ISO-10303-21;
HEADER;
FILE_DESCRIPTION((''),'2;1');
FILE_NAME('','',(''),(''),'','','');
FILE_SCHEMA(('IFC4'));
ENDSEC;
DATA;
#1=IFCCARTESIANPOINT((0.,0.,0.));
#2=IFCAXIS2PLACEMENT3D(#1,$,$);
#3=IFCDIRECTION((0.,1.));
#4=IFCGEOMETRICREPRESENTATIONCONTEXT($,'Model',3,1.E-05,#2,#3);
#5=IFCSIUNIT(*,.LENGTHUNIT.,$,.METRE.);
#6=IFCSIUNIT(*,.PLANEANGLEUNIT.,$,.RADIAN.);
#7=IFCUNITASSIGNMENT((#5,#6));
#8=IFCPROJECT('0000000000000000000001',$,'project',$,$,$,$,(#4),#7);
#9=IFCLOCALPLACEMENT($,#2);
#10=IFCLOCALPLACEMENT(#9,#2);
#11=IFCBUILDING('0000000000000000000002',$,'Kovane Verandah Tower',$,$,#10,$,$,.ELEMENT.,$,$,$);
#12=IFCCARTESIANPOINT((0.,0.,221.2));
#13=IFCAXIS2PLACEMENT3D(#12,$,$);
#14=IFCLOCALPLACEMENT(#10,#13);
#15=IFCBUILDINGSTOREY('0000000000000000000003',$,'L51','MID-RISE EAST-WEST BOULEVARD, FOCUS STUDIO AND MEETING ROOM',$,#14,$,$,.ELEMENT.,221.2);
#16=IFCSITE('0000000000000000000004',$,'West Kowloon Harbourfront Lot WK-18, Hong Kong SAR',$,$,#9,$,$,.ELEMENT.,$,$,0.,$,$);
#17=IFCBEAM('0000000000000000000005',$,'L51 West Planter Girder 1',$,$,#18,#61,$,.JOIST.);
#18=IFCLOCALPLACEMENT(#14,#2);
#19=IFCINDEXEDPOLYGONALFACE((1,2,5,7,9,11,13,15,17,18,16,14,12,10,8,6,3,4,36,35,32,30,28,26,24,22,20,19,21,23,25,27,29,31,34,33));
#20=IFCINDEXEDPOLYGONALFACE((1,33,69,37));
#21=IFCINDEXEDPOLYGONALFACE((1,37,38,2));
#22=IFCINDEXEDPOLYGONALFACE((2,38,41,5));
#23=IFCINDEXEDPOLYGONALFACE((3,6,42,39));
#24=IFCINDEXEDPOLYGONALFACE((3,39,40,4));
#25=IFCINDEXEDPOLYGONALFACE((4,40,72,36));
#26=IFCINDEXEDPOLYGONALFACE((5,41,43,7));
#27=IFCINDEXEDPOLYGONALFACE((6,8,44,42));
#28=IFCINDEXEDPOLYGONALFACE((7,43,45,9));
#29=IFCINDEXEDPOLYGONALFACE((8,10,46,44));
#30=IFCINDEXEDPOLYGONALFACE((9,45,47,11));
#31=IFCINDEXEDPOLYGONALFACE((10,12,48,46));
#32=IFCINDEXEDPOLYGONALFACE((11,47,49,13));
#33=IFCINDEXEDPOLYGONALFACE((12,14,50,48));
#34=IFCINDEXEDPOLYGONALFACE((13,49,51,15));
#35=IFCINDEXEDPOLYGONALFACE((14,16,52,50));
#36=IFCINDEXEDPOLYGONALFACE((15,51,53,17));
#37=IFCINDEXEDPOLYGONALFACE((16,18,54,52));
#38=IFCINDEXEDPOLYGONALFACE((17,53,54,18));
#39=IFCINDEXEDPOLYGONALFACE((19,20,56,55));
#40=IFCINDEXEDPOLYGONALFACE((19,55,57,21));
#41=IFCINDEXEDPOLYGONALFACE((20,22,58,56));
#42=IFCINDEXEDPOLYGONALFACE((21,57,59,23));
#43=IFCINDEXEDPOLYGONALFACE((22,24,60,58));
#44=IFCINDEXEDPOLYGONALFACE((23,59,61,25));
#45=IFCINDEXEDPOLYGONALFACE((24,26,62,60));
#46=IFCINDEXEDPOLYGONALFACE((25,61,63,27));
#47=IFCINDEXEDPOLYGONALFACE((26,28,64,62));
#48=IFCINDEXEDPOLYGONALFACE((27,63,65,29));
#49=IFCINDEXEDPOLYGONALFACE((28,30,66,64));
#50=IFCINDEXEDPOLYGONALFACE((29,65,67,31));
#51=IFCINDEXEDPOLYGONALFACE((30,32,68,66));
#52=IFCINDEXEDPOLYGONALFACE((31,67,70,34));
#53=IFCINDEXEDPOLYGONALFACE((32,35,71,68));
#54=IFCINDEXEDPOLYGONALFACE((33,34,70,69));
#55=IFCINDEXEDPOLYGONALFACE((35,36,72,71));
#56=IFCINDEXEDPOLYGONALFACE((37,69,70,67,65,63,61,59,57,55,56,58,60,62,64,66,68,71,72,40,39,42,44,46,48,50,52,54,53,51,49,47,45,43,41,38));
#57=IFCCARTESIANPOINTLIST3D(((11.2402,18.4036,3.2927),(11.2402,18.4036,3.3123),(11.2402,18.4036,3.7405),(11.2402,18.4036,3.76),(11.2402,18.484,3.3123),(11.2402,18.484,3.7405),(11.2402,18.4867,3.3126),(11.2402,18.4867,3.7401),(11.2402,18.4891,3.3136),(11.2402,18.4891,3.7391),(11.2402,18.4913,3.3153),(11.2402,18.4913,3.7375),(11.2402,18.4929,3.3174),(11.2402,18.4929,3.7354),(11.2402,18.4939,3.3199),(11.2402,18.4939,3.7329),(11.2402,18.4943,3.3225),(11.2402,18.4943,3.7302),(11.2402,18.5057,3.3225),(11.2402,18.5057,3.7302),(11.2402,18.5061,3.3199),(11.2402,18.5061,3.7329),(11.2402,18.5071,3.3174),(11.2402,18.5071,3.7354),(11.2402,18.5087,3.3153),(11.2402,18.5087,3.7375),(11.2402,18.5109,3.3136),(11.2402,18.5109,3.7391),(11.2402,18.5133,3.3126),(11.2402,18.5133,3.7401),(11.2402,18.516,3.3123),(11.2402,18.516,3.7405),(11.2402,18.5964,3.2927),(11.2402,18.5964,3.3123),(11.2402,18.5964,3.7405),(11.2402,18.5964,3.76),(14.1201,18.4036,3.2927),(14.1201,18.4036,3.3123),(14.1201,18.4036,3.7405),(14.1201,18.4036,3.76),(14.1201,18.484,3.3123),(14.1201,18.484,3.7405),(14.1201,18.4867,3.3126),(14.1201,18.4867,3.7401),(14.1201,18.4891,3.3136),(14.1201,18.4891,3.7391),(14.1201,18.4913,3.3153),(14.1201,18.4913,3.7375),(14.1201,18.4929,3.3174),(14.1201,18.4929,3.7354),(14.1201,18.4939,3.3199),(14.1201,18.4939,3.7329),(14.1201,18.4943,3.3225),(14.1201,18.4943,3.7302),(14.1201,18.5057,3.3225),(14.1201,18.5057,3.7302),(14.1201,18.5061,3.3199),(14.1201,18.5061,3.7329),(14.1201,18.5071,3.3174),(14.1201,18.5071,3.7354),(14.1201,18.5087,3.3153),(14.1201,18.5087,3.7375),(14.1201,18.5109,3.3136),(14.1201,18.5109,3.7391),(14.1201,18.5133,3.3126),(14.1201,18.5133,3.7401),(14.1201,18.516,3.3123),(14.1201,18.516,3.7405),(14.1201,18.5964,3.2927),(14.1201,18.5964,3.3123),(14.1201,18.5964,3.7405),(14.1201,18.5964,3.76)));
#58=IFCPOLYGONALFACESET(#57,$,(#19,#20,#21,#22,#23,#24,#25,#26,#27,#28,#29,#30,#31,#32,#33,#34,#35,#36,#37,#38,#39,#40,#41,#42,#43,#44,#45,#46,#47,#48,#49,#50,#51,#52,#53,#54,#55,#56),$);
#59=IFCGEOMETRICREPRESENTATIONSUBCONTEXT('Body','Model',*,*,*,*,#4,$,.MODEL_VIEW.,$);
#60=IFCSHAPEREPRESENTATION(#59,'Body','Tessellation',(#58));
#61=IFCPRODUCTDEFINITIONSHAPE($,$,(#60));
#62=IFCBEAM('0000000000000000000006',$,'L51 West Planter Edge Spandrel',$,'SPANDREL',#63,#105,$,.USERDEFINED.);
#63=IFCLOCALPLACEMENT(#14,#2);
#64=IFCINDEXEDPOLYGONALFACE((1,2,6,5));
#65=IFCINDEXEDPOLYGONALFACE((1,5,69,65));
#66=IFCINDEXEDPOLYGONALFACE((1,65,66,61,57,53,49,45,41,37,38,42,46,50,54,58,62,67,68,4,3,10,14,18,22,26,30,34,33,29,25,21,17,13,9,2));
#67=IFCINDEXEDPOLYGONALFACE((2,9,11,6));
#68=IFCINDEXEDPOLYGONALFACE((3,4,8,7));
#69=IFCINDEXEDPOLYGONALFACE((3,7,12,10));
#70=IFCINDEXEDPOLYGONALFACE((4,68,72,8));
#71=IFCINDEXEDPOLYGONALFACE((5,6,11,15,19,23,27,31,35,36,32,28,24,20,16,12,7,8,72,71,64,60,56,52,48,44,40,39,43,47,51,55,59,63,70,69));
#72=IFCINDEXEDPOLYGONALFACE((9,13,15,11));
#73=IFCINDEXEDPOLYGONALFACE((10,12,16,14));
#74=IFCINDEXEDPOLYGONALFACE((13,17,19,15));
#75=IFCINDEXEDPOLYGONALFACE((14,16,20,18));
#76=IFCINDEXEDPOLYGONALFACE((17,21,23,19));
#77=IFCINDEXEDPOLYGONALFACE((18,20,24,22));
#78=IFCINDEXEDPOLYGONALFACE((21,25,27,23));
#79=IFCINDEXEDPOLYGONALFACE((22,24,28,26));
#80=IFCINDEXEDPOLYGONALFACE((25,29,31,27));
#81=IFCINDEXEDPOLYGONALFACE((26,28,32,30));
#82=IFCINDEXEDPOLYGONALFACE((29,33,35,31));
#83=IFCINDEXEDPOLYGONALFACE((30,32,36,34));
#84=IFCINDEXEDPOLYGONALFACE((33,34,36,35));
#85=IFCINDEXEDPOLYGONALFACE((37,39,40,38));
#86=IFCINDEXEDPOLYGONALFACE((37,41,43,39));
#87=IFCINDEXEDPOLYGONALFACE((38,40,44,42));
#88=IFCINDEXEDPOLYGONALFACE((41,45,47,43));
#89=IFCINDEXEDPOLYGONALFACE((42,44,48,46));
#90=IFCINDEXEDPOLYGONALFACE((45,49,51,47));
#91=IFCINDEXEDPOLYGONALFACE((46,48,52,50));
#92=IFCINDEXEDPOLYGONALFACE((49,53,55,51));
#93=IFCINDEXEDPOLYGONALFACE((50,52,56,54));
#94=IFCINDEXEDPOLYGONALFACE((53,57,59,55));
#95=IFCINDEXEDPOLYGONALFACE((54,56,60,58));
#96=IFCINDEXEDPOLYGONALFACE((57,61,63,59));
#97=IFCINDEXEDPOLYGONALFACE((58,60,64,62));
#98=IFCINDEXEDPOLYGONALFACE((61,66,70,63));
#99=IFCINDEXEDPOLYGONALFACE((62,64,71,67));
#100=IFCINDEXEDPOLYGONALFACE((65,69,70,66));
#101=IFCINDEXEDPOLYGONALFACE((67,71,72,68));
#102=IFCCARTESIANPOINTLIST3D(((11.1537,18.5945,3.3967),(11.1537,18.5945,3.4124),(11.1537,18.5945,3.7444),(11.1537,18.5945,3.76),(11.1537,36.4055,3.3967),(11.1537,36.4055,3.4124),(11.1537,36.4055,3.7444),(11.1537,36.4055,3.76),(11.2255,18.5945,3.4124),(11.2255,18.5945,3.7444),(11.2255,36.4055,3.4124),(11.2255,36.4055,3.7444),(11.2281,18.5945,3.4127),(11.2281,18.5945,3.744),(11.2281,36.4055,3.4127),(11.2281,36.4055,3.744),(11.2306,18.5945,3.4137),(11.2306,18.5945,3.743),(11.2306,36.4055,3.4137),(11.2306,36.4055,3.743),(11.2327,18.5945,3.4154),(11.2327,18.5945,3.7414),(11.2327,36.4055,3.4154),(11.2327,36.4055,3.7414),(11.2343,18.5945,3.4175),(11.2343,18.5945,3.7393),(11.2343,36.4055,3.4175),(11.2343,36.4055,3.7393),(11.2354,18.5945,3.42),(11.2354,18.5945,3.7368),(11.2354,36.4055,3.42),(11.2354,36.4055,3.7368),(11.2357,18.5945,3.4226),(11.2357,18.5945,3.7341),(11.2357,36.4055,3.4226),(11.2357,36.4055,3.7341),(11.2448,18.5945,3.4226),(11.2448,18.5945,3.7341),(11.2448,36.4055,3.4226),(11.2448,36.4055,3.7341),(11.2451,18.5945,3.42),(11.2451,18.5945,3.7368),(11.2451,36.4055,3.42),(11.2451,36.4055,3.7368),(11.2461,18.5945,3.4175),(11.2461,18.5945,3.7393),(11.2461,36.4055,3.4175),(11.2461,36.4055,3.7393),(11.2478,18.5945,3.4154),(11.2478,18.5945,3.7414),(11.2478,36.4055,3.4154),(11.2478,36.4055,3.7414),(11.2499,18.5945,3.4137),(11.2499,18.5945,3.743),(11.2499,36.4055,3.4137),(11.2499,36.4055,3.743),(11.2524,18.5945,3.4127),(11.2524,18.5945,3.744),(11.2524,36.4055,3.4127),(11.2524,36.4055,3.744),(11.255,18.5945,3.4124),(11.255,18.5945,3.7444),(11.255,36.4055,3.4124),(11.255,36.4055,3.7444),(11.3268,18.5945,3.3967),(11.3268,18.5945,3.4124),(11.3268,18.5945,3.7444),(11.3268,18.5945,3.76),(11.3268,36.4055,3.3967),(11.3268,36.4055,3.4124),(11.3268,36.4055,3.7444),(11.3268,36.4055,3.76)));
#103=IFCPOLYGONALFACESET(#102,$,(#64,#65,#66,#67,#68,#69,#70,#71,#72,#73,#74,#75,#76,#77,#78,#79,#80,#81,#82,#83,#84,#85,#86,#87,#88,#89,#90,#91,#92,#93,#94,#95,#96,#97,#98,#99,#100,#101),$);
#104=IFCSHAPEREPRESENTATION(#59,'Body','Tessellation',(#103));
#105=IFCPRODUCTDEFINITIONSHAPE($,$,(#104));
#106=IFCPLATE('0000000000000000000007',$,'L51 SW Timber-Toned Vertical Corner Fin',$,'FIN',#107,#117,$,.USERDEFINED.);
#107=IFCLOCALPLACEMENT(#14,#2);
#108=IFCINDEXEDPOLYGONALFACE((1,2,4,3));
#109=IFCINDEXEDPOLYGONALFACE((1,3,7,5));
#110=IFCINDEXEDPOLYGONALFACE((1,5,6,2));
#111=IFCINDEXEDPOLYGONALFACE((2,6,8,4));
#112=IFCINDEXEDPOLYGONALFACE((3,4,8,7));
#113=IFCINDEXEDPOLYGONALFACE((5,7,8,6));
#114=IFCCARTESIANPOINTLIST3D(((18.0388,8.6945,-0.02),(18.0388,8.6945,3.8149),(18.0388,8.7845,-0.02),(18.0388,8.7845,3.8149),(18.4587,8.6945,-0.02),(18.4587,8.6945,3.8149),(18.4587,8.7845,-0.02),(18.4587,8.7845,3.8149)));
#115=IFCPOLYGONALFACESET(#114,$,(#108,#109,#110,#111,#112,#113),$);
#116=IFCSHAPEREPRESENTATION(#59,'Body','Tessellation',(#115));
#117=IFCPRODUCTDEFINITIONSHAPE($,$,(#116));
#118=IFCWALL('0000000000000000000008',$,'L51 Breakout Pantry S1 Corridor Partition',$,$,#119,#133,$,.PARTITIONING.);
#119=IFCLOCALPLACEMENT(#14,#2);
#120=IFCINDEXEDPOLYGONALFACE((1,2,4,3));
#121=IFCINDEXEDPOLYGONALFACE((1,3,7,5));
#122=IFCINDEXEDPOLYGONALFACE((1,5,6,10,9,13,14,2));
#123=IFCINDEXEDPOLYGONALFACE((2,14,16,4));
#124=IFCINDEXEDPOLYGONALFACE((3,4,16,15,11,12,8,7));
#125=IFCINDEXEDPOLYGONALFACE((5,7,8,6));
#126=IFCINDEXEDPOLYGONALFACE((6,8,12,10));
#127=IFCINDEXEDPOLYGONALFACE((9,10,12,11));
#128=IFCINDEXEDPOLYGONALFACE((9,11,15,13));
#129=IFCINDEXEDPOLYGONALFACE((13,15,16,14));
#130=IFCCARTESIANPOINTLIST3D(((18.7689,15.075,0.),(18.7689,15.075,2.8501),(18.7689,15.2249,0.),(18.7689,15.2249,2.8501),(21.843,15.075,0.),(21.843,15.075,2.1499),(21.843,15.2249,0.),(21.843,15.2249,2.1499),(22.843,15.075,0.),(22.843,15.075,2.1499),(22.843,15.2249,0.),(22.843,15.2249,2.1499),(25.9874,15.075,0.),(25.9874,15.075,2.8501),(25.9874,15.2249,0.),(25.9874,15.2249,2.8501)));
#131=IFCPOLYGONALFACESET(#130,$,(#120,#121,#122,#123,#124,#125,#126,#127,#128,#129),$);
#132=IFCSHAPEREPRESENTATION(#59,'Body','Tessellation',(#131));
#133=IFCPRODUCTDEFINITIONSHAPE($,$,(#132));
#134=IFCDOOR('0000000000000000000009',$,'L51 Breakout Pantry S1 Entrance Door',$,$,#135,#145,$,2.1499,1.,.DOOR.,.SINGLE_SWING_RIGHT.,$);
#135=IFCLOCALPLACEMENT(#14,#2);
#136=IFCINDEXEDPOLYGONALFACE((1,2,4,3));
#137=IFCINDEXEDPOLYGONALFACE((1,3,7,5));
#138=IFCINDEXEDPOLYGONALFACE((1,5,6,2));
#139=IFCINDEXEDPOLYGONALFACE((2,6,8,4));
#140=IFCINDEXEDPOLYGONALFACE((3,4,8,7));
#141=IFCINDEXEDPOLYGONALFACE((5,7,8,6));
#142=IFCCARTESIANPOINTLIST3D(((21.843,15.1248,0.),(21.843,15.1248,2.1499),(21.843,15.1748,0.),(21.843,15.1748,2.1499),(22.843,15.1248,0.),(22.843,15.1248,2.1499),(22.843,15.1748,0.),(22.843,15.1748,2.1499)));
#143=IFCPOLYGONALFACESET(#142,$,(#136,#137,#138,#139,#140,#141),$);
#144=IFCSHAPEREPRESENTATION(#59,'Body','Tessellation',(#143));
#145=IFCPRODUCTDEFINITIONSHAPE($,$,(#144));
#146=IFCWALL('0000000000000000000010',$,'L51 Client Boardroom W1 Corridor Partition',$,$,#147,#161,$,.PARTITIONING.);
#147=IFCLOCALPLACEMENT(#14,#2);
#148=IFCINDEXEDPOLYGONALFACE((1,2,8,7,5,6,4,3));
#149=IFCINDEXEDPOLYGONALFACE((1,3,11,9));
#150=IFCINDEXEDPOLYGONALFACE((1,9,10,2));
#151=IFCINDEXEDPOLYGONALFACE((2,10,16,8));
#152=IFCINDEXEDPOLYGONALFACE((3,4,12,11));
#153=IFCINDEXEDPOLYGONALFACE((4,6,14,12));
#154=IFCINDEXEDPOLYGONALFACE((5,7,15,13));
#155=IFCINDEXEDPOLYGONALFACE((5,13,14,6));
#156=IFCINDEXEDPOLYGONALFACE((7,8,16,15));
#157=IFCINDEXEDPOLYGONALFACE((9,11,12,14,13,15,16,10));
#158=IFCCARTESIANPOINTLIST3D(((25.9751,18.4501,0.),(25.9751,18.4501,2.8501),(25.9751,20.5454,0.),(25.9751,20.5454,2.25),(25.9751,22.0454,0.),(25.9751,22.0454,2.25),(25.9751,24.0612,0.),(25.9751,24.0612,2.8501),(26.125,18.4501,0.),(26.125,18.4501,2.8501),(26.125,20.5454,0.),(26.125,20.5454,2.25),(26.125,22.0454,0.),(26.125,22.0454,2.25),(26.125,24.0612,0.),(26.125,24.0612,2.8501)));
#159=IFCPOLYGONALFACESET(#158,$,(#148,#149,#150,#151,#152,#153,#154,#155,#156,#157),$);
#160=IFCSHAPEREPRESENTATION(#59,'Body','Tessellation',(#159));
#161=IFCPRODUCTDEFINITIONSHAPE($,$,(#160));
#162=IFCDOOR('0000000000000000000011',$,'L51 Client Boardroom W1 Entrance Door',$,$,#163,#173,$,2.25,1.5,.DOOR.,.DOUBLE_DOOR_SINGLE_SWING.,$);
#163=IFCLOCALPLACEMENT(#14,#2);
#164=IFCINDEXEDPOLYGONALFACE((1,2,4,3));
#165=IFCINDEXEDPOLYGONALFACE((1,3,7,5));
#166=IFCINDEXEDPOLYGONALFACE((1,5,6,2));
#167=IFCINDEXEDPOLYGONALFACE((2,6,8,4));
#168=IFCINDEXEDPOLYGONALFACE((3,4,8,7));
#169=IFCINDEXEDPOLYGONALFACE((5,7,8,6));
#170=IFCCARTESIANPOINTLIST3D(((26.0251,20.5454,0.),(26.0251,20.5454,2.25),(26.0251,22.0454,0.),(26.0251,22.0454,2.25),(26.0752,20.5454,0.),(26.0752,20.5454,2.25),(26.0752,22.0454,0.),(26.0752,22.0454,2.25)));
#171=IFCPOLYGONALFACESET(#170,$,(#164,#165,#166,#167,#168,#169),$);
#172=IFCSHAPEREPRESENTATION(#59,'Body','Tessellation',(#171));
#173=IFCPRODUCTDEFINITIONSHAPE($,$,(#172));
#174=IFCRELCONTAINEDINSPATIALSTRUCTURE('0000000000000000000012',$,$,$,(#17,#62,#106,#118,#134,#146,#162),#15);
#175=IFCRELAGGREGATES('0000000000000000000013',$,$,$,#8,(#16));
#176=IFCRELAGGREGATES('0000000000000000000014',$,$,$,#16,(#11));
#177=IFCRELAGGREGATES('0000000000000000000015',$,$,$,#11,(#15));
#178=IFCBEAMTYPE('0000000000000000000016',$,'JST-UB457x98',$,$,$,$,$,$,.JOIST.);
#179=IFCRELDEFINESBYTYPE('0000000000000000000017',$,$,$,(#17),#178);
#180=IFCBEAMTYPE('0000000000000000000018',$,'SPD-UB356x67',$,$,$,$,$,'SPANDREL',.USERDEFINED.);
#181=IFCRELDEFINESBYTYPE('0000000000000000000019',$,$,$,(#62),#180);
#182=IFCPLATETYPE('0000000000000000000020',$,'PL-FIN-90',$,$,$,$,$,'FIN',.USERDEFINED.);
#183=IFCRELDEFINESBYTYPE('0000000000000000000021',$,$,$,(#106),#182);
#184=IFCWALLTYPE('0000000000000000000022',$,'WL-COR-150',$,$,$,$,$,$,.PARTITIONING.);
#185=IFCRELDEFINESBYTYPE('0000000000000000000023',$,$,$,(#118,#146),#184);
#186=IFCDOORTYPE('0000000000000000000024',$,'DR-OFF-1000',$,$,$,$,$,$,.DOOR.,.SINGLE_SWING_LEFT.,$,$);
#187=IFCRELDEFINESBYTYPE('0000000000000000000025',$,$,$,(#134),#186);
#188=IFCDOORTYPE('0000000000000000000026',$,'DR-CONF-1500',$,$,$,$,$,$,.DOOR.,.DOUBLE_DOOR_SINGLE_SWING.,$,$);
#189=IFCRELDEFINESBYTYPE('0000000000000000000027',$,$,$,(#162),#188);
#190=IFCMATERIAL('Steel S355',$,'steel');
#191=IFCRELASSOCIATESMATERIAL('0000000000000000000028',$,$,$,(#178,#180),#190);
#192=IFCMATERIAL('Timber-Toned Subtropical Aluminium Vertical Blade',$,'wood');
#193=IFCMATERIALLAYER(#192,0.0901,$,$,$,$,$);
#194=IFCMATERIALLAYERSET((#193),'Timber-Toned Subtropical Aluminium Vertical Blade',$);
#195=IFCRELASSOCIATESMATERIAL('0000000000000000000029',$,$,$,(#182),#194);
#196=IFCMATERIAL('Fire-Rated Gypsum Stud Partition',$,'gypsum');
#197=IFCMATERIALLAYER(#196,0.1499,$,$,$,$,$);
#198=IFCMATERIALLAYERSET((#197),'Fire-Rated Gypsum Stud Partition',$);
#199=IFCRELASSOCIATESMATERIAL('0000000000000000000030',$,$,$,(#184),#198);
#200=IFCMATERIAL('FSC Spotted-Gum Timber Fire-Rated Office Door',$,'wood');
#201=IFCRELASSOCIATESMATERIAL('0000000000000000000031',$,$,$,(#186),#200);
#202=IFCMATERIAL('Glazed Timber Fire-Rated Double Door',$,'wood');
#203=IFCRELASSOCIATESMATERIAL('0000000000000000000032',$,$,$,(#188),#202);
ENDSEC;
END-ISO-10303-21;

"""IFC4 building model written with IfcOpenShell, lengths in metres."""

from ifc_helpers import new_model, si_unit, direction, frame, frame_2d, origin, origin_2d, place, context, subcontext, project, spatial, rectangle, i_section, extrude, material, layer, layer_set, material_profile, profile_set, type_object, element, fill, save


model = new_model("IFC4")

# Units and contexts
model_context = context("Model", 3, precision=1e-05, world=origin(), true_north=direction((0.0, 1.0)))
body_context = subcontext(model_context, "Body", "Model", "MODEL_VIEW")
ifc_project = project(units=[si_unit("LENGTHUNIT", "METRE"), si_unit("PLANEANGLEUNIT", "RADIAN")], contexts=[model_context])

# Site, building, storey
site_placement = place(None, origin())
site = spatial("IfcSite", under=ifc_project, at=site_placement, Name="West Kowloon Harbourfront Lot WK-18, Hong Kong SAR", CompositionType="ELEMENT", RefElevation=0.0)
building_placement = place(site_placement, origin())
building = spatial("IfcBuilding", under=site, at=building_placement, Name="Kovane Verandah Tower", CompositionType="ELEMENT")
storey_placement = place(building_placement, frame((0.0, 0.0, 221.2)))
storey = spatial("IfcBuildingStorey", under=building, at=storey_placement, Name="L51", Description="MID-RISE EAST-WEST BOULEVARD, FOCUS STUDIO AND MEETING ROOM", CompositionType="ELEMENT", Elevation=221.2)

# Beams
ifc_material_1 = material(Name="Steel S355", Category="steel")
ifc_material_profile_1 = material_profile(ifc_material_1, i_section(OverallWidth=0.1929, OverallDepth=0.4673, WebThickness=0.0115, FlangeThickness=0.0195, FilletRadius=0.0103, at=origin_2d()), Name="UB457x191x98")
ifc_profile_set_1 = profile_set([ifc_material_profile_1], Name="Steel S355")
beam_type_1 = type_object("IfcBeamType", Name="JST-UB457x98", PredefinedType="JOIST", material=ifc_profile_set_1)
beam_1_placement = place(storey_placement, frame((14.1201, 18.5, 3.5264), z_axis=(-1.0, 0.0, 0.0), x_axis=(0.0, -1.0, 0.0)))
element("IfcBeam", 1, at=beam_1_placement, inside=storey, type_object=beam_type_1, Name="L51 West Planter Girder 1", PredefinedType="JOIST", context=body_context, shape_type="SweptSolid", body=[
    extrude(i_section(OverallWidth=0.1929, OverallDepth=0.4673, WebThickness=0.0115, FlangeThickness=0.0195, FilletRadius=0.0103, at=origin_2d()), origin(), (0.0, 0.0, 1.0), 2.8799),
])
ifc_material_profile_2 = material_profile(ifc_material_1, i_section(OverallWidth=0.1731, OverallDepth=0.3633, WebThickness=0.009, FlangeThickness=0.0156, FilletRadius=0.0103, at=origin_2d()), Name="UB356x171x67")
ifc_profile_set_2 = profile_set([ifc_material_profile_2], Name="Steel S355")
beam_type_2 = type_object("IfcBeamType", Name="SPD-UB356x67", ElementType="SPANDREL", PredefinedType="USERDEFINED", material=ifc_profile_set_2)
beam_2_placement = place(storey_placement, frame((11.2402, 18.5945, 3.5784), z_axis=(0.0, 1.0, 0.0), x_axis=(-1.0, 0.0, 0.0)))
element("IfcBeam", 2, at=beam_2_placement, inside=storey, type_object=beam_type_2, Name="L51 West Planter Edge Spandrel", ObjectType="SPANDREL", PredefinedType="USERDEFINED", context=body_context, shape_type="SweptSolid", body=[
    extrude(i_section(OverallWidth=0.1731, OverallDepth=0.3633, WebThickness=0.009, FlangeThickness=0.0156, FilletRadius=0.0103, at=origin_2d()), origin(), (0.0, 0.0, 1.0), 17.811),
])

# Plate
ifc_material_2 = material(Name="Timber-Toned Subtropical Aluminium Vertical Blade", Category="wood")
ifc_layer_1 = layer(ifc_material_2, 0.0901)
ifc_layer_set_1 = layer_set([ifc_layer_1], Name="Timber-Toned Subtropical Aluminium Vertical Blade")
plate_type = type_object("IfcPlateType", Name="PL-FIN-90", ElementType="FIN", PredefinedType="USERDEFINED", material=ifc_layer_set_1)
plate_placement = place(storey_placement, frame((18.2488, 8.7395, -0.02), z_axis=(0.0, 0.0, 1.0), x_axis=(1.0, 0.0, 0.0)))
element("IfcPlate", 3, at=plate_placement, inside=storey, type_object=plate_type, Name="L51 SW Timber-Toned Vertical Corner Fin", ObjectType="FIN", PredefinedType="USERDEFINED", context=body_context, shape_type="SweptSolid", body=[
    extrude(rectangle(XDim=0.4199, YDim=0.0901, at=origin_2d()), origin(), (0.0, 0.0, 1.0), 3.835),
])

# Walls, openings, doors
ifc_material_3 = material(Name="Fire-Rated Gypsum Stud Partition", Category="gypsum")
ifc_layer_2 = layer(ifc_material_3, 0.1499)
ifc_layer_set_2 = layer_set([ifc_layer_2], Name="Fire-Rated Gypsum Stud Partition")
wall_type_1 = type_object("IfcWallType", Name="WL-COR-150", PredefinedType="PARTITIONING", material=ifc_layer_set_2)
wall_1_placement = place(storey_placement, frame((18.7688, 15.1499, 0.0), z_axis=(0.0, 0.0, 1.0), x_axis=(1.0, 0.0, 0.0)))
wall_1 = element("IfcWall", 4, at=wall_1_placement, inside=storey, type_object=wall_type_1, Name="L51 Breakout Pantry S1 Corridor Partition", PredefinedType="PARTITIONING", context=body_context, shape_type="SweptSolid", body=[
    extrude(rectangle(XDim=7.2185, YDim=0.1499, at=frame_2d((3.6094, 0.0))), origin(), (0.0, 0.0, 1.0), 2.8501),
])
opening_1_placement = place(wall_1_placement, frame((3.0742, 0.0, 0.0)))
opening_1 = element("IfcOpeningElement", 5, at=opening_1_placement, cuts=wall_1, PredefinedType="OPENING", context=body_context, shape_type="SweptSolid", body=[
    extrude(rectangle(XDim=1.0, YDim=2.1499, at=frame_2d((0.5, 1.075))), frame((0.0, 0.075, 0.0), z_axis=(0.0, -1.0, 0.0), x_axis=(1.0, 0.0, 0.0)), (0.0, 0.0, 1.0), 0.1499),
])
ifc_material_4 = material(Name="FSC Spotted-Gum Timber Fire-Rated Office Door", Category="wood")
door_type_1 = type_object("IfcDoorType", Name="DR-OFF-1000", OperationType="SINGLE_SWING_LEFT", PredefinedType="DOOR", material=ifc_material_4)
door_1_placement = place(opening_1_placement, origin())
door_1 = element("IfcDoor", 6, at=door_1_placement, inside=storey, type_object=door_type_1, Name="L51 Breakout Pantry S1 Entrance Door", OperationType="SINGLE_SWING_RIGHT", OverallHeight=2.1499, OverallWidth=1.0, PredefinedType="DOOR", context=body_context, shape_type="SweptSolid", body=[
    extrude(rectangle(XDim=1.0, YDim=2.1499, at=frame_2d((0.5, 1.075))), frame((0.0, 0.0249, 0.0), z_axis=(0.0, -1.0, 0.0), x_axis=(1.0, 0.0, 0.0)), (0.0, 0.0, 1.0), 0.05),
])
fill(opening_1, door_1)
wall_2_placement = place(storey_placement, frame((26.05, 18.45, 0.0), z_axis=(0.0, 0.0, 1.0), x_axis=(0.0, 1.0, 0.0)))
wall_2 = element("IfcWall", 7, at=wall_2_placement, inside=storey, type_object=wall_type_1, Name="L51 Client Boardroom W1 Corridor Partition", PredefinedType="PARTITIONING", context=body_context, shape_type="SweptSolid", body=[
    extrude(rectangle(XDim=5.6111, YDim=0.1499, at=frame_2d((2.8057, 0.0))), origin(), (0.0, 0.0, 1.0), 2.8501),
])
opening_2_placement = place(wall_2_placement, frame((2.0955, 0.0, 0.0)))
opening_2 = element("IfcOpeningElement", 8, at=opening_2_placement, cuts=wall_2, PredefinedType="OPENING", context=body_context, shape_type="SweptSolid", body=[
    extrude(rectangle(XDim=1.5, YDim=2.25, at=frame_2d((0.75, 1.125))), frame((0.0, 0.075, 0.0), z_axis=(0.0, -1.0, 0.0), x_axis=(1.0, 0.0, 0.0)), (0.0, 0.0, 1.0), 0.1499),
])
ifc_material_5 = material(Name="Glazed Timber Fire-Rated Double Door", Category="wood")
door_type_2 = type_object("IfcDoorType", Name="DR-CONF-1500", OperationType="DOUBLE_DOOR_SINGLE_SWING", PredefinedType="DOOR", material=ifc_material_5)
door_2_placement = place(opening_2_placement, origin())
door_2 = element("IfcDoor", 9, at=door_2_placement, inside=storey, type_object=door_type_2, Name="L51 Client Boardroom W1 Entrance Door", OperationType="DOUBLE_DOOR_SINGLE_SWING", OverallHeight=2.25, OverallWidth=1.5, PredefinedType="DOOR", context=body_context, shape_type="SweptSolid", body=[
    extrude(rectangle(XDim=1.5, YDim=2.25, at=frame_2d((0.75, 1.125))), frame((0.0, 0.0249, 0.0), z_axis=(0.0, -1.0, 0.0), x_axis=(1.0, 0.0, 0.0)), (0.0, 0.0, 1.0), 0.05),
])
fill(opening_2, door_2)

save(model, "model.ifc")
